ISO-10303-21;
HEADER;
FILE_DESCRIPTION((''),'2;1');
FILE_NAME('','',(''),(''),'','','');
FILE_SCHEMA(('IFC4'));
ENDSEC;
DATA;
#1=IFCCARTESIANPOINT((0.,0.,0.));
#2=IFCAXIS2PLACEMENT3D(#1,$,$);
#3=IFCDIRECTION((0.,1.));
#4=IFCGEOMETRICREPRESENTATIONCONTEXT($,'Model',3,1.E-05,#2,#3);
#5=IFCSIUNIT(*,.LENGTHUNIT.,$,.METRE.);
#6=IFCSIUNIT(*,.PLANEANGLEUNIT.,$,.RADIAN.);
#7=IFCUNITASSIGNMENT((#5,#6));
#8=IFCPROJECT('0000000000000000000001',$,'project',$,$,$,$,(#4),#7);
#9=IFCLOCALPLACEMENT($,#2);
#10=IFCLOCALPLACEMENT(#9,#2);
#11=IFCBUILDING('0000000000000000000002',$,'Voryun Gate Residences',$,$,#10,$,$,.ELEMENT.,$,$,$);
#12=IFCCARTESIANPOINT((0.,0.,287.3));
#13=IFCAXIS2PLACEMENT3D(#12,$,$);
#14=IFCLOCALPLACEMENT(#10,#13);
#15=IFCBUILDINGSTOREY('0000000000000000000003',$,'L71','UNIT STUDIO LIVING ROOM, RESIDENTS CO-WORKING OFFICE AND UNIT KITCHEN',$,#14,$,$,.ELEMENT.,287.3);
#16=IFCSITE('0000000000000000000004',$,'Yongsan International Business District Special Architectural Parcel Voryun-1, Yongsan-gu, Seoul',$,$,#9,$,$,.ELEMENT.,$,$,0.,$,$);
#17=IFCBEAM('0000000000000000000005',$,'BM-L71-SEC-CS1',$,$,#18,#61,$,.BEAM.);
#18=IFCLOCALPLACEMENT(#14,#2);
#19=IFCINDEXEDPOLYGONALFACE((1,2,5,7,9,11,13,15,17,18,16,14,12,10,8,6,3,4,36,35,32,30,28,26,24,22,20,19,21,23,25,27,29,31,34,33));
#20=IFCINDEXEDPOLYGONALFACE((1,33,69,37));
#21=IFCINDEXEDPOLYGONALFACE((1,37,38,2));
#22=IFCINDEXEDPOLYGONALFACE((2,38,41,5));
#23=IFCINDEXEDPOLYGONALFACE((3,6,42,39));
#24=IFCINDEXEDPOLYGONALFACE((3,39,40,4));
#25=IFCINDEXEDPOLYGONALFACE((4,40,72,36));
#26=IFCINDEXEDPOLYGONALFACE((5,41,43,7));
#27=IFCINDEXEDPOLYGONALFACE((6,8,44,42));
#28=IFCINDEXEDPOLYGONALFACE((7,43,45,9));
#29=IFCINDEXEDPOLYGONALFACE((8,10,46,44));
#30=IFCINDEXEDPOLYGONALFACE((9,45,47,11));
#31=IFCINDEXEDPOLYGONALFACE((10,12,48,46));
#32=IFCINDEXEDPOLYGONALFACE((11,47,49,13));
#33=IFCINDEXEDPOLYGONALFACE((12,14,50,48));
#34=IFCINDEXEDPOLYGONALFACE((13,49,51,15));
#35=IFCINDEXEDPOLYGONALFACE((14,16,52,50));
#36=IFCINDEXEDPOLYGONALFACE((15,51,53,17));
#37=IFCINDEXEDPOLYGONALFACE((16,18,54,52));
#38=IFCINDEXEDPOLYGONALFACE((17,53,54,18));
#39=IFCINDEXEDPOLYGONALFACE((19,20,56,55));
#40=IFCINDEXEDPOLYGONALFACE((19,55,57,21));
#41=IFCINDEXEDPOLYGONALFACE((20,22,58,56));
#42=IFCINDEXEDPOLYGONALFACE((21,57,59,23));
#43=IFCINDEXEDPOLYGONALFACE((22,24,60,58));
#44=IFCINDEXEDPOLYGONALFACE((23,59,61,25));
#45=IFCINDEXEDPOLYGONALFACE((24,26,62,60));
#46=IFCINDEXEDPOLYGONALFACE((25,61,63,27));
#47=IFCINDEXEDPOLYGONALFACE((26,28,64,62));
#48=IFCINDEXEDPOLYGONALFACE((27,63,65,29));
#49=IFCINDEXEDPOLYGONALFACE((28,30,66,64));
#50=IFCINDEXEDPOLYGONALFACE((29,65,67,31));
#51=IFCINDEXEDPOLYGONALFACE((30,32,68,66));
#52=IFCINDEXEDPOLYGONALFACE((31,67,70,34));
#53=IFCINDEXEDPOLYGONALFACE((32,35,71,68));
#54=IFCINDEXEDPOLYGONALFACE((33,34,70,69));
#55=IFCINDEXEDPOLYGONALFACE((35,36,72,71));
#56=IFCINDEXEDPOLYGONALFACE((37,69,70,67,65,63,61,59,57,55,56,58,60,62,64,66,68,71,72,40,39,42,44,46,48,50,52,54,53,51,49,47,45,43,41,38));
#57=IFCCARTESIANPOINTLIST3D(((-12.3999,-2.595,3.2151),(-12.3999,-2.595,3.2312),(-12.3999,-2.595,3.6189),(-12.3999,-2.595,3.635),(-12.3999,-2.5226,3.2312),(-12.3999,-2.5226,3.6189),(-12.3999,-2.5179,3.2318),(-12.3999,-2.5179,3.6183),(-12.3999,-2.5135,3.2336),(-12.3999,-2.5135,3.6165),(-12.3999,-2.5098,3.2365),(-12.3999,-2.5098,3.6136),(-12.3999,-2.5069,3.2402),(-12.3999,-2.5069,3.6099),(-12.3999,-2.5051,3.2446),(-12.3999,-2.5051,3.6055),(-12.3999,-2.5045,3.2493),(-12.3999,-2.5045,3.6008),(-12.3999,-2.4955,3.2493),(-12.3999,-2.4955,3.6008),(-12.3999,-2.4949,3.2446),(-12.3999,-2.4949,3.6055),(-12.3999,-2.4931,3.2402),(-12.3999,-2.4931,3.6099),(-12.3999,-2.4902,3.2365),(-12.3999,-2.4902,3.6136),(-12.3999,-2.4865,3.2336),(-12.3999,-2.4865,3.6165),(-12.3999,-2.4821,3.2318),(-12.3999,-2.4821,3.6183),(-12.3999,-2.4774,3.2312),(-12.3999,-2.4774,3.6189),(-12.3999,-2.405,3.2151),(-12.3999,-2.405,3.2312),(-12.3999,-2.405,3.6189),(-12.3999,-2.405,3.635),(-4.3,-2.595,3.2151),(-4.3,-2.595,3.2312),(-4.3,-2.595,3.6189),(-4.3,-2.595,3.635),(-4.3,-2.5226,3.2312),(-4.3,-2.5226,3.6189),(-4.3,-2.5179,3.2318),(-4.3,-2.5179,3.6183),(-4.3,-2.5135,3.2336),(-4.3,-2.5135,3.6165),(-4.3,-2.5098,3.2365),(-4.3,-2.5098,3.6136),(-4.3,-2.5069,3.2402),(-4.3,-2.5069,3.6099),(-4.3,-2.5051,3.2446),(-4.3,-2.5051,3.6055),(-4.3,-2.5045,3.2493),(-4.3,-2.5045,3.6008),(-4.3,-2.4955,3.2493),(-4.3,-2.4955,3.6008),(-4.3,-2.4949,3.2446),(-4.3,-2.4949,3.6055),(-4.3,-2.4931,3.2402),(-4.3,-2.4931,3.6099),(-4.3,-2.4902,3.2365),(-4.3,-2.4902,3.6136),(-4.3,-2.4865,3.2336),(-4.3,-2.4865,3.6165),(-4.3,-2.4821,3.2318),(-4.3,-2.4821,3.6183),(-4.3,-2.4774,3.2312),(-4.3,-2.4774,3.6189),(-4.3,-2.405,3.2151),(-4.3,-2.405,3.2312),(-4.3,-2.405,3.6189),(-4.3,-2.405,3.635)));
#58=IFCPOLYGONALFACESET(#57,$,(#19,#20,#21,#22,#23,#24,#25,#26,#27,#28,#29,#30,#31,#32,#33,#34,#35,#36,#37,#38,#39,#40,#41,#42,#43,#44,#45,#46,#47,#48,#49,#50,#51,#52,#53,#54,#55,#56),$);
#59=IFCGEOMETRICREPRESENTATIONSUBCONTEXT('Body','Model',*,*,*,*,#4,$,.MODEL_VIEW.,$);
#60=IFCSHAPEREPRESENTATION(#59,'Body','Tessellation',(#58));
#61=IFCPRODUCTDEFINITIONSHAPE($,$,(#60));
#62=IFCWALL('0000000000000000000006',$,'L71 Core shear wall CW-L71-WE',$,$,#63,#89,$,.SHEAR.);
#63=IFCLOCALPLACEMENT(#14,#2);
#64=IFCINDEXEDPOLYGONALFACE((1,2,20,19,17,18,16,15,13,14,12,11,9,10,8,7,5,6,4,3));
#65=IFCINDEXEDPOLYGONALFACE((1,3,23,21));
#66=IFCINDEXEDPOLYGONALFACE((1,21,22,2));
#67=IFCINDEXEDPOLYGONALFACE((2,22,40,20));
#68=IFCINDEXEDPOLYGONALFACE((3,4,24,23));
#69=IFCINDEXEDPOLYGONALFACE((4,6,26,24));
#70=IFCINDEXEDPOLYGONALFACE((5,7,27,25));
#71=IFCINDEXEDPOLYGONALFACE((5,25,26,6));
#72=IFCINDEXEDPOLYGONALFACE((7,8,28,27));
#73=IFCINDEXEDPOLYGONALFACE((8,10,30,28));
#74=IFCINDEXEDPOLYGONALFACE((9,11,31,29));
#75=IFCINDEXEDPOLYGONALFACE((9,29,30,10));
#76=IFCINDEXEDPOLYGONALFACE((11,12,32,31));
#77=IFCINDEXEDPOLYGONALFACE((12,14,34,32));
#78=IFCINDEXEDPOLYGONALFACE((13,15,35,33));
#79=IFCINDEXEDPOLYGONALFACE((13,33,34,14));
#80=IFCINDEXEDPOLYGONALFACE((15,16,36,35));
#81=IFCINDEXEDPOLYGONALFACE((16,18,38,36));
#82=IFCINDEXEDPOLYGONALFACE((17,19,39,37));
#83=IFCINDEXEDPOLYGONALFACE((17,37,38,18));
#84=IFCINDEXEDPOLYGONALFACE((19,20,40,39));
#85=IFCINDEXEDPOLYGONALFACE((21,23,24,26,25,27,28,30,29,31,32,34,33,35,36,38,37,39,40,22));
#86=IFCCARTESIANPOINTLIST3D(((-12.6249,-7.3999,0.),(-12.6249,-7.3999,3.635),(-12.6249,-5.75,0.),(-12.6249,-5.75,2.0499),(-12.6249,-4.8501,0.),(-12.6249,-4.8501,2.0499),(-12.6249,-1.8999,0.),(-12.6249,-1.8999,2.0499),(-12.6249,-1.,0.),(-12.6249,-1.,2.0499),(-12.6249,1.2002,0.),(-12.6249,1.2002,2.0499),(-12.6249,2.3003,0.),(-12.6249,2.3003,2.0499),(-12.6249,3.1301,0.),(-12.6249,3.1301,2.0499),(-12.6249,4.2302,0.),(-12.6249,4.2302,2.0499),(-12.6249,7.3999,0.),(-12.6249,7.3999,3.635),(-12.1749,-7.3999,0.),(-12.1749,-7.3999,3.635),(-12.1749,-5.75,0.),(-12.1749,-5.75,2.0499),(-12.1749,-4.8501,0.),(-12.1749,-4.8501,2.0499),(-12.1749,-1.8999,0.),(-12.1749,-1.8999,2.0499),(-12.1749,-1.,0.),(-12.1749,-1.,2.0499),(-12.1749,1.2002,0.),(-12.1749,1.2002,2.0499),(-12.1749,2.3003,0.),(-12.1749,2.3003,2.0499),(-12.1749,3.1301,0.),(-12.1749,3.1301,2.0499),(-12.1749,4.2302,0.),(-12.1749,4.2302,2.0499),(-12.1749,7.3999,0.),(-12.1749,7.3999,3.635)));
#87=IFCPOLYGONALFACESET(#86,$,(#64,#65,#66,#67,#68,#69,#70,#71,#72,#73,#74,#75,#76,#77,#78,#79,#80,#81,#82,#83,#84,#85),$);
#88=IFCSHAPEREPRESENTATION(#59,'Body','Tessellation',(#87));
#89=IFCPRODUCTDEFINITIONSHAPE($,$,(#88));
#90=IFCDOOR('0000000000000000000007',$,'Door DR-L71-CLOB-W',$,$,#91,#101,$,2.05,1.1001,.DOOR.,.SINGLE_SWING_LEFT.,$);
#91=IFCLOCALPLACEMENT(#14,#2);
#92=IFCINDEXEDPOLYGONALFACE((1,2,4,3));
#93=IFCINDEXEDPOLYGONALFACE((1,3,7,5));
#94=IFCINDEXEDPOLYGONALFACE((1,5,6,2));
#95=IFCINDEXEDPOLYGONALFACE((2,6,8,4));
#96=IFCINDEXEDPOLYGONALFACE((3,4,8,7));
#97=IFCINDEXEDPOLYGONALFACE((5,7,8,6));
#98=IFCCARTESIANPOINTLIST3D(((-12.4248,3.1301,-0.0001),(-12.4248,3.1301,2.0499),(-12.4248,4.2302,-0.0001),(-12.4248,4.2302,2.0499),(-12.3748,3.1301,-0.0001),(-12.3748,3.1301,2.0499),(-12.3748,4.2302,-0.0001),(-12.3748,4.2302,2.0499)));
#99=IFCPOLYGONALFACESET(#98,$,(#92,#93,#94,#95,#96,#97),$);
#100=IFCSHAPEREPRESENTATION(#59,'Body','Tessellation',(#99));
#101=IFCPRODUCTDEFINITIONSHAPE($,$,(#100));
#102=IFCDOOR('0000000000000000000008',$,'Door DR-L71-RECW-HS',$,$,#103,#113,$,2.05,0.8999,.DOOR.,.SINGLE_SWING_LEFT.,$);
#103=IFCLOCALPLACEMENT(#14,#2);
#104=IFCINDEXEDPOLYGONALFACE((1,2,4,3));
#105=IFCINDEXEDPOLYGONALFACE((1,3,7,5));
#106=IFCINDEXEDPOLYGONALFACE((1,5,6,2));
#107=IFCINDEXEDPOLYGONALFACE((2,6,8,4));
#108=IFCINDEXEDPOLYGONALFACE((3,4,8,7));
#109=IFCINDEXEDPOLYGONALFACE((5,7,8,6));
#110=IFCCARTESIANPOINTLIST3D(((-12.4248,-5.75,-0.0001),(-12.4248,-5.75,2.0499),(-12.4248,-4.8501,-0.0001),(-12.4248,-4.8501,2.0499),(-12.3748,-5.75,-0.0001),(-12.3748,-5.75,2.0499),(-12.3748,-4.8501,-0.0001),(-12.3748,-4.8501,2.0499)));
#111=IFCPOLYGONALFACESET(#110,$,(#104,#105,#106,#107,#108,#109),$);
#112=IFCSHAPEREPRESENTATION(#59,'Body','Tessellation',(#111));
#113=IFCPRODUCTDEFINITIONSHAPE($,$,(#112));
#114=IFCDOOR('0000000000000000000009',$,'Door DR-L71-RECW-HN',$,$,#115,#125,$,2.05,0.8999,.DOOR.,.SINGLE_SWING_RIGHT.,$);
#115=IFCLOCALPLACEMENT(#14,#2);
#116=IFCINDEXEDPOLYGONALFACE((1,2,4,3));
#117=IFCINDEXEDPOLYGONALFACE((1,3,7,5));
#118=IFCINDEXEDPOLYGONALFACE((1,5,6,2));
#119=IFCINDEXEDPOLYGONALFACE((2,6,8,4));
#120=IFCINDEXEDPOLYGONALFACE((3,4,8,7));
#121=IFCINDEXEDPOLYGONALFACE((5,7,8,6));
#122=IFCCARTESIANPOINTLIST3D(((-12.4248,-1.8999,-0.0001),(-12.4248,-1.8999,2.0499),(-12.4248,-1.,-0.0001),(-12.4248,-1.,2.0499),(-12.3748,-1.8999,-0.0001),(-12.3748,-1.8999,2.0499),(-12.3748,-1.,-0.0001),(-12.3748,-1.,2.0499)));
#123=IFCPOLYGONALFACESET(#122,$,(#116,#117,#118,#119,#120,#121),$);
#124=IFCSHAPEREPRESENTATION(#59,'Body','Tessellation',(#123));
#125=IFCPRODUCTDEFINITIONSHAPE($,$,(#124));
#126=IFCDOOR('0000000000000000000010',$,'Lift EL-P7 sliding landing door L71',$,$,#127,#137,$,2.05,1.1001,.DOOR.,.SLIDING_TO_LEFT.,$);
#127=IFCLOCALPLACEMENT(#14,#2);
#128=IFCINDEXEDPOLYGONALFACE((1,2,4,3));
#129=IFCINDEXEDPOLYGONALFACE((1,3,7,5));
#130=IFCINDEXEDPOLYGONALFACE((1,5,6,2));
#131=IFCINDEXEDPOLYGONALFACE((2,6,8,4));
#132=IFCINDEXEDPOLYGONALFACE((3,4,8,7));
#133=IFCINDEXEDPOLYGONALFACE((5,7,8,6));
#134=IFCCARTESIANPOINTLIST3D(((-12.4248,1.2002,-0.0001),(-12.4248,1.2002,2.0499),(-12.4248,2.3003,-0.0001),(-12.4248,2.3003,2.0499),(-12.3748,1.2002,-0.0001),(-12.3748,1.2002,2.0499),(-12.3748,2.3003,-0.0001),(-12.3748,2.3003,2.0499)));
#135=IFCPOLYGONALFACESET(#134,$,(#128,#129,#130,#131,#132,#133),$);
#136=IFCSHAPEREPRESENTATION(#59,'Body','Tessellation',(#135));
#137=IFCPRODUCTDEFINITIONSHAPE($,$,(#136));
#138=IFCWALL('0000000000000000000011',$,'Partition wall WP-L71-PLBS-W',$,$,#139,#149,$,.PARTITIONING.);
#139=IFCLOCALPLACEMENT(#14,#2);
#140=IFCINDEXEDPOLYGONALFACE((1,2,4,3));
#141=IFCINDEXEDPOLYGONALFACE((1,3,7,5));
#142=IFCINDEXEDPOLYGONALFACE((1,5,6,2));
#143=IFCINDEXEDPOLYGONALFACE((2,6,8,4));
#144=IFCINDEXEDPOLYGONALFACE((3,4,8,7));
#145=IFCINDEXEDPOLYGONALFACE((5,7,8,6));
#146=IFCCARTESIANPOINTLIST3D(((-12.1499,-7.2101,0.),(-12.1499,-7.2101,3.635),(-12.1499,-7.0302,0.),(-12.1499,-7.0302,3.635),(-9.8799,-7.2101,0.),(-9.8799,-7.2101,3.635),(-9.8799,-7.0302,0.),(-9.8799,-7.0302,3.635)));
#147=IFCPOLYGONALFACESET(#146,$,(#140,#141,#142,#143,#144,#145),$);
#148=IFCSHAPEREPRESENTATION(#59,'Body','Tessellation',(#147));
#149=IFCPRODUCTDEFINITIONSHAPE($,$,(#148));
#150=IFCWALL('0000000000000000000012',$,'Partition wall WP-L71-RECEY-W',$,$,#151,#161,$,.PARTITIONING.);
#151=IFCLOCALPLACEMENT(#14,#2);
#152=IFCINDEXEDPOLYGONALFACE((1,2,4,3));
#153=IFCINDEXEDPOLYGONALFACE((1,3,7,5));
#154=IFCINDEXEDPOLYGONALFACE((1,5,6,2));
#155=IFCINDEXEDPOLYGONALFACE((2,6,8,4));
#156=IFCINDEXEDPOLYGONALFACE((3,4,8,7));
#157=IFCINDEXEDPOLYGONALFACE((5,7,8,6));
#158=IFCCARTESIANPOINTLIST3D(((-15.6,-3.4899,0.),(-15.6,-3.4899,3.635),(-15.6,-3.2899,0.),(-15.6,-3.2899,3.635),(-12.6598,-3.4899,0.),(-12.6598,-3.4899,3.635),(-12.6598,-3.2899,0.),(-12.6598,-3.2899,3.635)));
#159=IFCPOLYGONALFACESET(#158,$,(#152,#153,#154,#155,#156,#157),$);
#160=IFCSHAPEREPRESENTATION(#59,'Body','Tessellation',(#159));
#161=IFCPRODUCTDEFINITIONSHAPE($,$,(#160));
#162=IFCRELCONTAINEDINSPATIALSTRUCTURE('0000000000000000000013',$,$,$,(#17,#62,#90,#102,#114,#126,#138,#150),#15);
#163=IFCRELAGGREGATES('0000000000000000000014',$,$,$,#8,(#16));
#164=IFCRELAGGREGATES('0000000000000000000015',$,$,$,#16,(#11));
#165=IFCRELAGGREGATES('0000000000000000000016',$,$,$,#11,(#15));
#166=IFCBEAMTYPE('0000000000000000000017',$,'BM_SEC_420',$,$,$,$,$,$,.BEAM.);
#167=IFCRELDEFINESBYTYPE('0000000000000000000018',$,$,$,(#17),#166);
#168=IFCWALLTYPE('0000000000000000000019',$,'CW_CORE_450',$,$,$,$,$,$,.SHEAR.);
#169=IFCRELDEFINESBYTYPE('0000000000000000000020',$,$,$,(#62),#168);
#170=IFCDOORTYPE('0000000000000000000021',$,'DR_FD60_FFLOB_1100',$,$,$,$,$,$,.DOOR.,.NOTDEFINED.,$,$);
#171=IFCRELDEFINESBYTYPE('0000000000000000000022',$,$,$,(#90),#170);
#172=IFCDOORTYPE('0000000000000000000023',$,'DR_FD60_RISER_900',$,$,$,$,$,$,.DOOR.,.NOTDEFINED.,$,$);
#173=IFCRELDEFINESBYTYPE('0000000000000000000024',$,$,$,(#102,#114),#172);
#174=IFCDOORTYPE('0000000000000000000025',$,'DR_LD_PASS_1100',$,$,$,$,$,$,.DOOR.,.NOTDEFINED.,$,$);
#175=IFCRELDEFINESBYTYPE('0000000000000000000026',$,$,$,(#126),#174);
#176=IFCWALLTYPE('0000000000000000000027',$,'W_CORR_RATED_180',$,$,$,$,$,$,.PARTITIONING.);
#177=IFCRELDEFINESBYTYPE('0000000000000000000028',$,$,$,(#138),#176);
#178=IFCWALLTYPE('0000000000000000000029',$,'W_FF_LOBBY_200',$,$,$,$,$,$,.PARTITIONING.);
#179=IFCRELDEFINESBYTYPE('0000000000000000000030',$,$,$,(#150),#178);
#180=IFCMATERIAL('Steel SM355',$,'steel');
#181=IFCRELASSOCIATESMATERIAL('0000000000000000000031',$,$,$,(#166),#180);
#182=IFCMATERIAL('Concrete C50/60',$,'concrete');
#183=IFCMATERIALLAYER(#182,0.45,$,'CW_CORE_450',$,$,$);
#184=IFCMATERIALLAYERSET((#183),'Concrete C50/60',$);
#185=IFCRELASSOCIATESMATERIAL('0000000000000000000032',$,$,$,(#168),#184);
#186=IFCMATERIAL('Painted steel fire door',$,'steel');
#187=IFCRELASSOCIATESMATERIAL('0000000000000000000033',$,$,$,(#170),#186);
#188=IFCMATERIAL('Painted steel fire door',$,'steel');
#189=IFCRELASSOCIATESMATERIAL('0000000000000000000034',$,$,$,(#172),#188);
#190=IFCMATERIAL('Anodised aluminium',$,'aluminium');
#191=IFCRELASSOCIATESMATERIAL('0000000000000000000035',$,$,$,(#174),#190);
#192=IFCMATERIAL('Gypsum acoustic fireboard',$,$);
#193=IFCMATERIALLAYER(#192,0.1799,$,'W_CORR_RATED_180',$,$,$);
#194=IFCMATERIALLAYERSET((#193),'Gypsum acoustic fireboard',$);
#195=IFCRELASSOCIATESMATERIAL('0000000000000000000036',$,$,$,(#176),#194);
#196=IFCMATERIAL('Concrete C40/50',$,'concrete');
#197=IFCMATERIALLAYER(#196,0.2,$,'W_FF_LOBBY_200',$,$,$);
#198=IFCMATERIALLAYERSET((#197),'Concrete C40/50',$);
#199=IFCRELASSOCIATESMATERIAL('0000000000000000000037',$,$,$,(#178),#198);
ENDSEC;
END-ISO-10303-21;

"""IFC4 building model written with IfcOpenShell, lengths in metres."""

from ifc_helpers import new_model, si_unit, direction, frame, frame_2d, origin, origin_2d, place, context, subcontext, project, spatial, rectangle, i_section, extrude, material, layer, layer_set, material_profile, profile_set, type_object, element, fill, save


model = new_model("IFC4")

# Units and contexts
model_context = context("Model", 3, precision=1e-05, world=origin(), true_north=direction((0.0, 1.0)))
body_context = subcontext(model_context, "Body", "Model", "MODEL_VIEW")
ifc_project = project(units=[si_unit("LENGTHUNIT", "METRE"), si_unit("PLANEANGLEUNIT", "RADIAN")], contexts=[model_context])

# Site, building, storey
site_placement = place(None, origin())
site = spatial("IfcSite", under=ifc_project, at=site_placement, Name="Yongsan International Business District Special Architectural Parcel Voryun-1, Yongsan-gu, Seoul", CompositionType="ELEMENT", RefElevation=0.0)
building_placement = place(site_placement, origin())
building = spatial("IfcBuilding", under=site, at=building_placement, Name="Voryun Gate Residences", CompositionType="ELEMENT")
storey_placement = place(building_placement, frame((0.0, 0.0, 287.3)))
storey = spatial("IfcBuildingStorey", under=building, at=storey_placement, Name="L71", Description="UNIT STUDIO LIVING ROOM, RESIDENTS CO-WORKING OFFICE AND UNIT KITCHEN", CompositionType="ELEMENT", Elevation=287.3)

# Beam
ifc_material_1 = material(Name="Steel SM355", Category="steel")
ifc_material_profile_1 = material_profile(ifc_material_1, i_section(OverallWidth=0.1899, OverallDepth=0.4199, WebThickness=0.009, FlangeThickness=0.0161, FilletRadius=0.0181, at=origin_2d()), Name="H-420x190x9x16")
ifc_profile_set_1 = profile_set([ifc_material_profile_1], Name="Steel SM355")
beam_type_1 = type_object("IfcBeamType", Name="BM_SEC_420", PredefinedType="BEAM", material=ifc_profile_set_1)
beam_1_placement = place(storey_placement, frame((-12.3999, -2.5, 3.425), z_axis=(1.0, 0.0, 0.0), x_axis=(0.0, 1.0, 0.0)))
element("IfcBeam", 1, at=beam_1_placement, inside=storey, type_object=beam_type_1, Name="BM-L71-SEC-CS1", PredefinedType="BEAM", context=body_context, shape_type="SweptSolid", body=[
    extrude(i_section(OverallWidth=0.1899, OverallDepth=0.4199, WebThickness=0.009, FlangeThickness=0.0161, FilletRadius=0.0181, at=origin_2d()), origin(), (0.0, 0.0, 1.0), 8.0999),
])

# Wall, openings, doors
ifc_material_2 = material(Name="Concrete C50/60", Category="concrete")
ifc_layer_1 = layer(ifc_material_2, 0.45, Name="CW_CORE_450")
ifc_layer_set_1 = layer_set([ifc_layer_1], Name="Concrete C50/60")
wall_type_1 = type_object("IfcWallType", Name="CW_CORE_450", PredefinedType="SHEAR", material=ifc_layer_set_1)
wall_1_placement = place(storey_placement, frame((-12.3999, -7.3999, 0.0), z_axis=(0.0, 0.0, 1.0), x_axis=(0.0, 1.0, 0.0)))
wall_1 = element("IfcWall", 2, at=wall_1_placement, inside=storey, type_object=wall_type_1, Name="L71 Core shear wall CW-L71-WE", PredefinedType="SHEAR", context=body_context, shape_type="SweptSolid", body=[
    extrude(rectangle(XDim=14.7998, YDim=0.45, at=frame_2d((7.3999, 0.0))), origin(), (0.0, 0.0, 1.0), 3.635),
])
opening_1_placement = place(wall_1_placement, frame((8.6001, 0.0, 0.0)))
opening_1 = element("IfcOpeningElement", 3, at=opening_1_placement, cuts=wall_1, PredefinedType="OPENING", context=body_context, shape_type="SweptSolid", body=[
    extrude(rectangle(XDim=1.1001, YDim=2.05, at=frame_2d((0.55, 1.0249))), frame((0.0, 0.2351, 0.0), z_axis=(0.0, -1.0, 0.0), x_axis=(1.0, 0.0, 0.0)), (0.0, 0.0, 1.0), 0.47),
])
opening_2_placement = place(wall_1_placement, frame((10.53, 0.0, 0.0)))
opening_2 = element("IfcOpeningElement", 4, at=opening_2_placement, cuts=wall_1, PredefinedType="OPENING", context=body_context, shape_type="SweptSolid", body=[
    extrude(rectangle(XDim=1.1001, YDim=2.05, at=frame_2d((0.55, 1.0249))), frame((0.0, 0.2351, 0.0), z_axis=(0.0, -1.0, 0.0), x_axis=(1.0, 0.0, 0.0)), (0.0, 0.0, 1.0), 0.47),
])
opening_3_placement = place(wall_1_placement, frame((1.6499, 0.0, 0.0)))
opening_3 = element("IfcOpeningElement", 5, at=opening_3_placement, cuts=wall_1, PredefinedType="OPENING", context=body_context, shape_type="SweptSolid", body=[
    extrude(rectangle(XDim=0.8999, YDim=2.05, at=frame_2d((0.45, 1.0249))), frame((0.0, 0.2351, 0.0), z_axis=(0.0, -1.0, 0.0), x_axis=(1.0, 0.0, 0.0)), (0.0, 0.0, 1.0), 0.47),
])
opening_4_placement = place(wall_1_placement, frame((5.5, 0.0, 0.0)))
opening_4 = element("IfcOpeningElement", 6, at=opening_4_placement, cuts=wall_1, PredefinedType="OPENING", context=body_context, shape_type="SweptSolid", body=[
    extrude(rectangle(XDim=0.8999, YDim=2.05, at=frame_2d((0.45, 1.0249))), frame((0.0, 0.2351, 0.0), z_axis=(0.0, -1.0, 0.0), x_axis=(1.0, 0.0, 0.0)), (0.0, 0.0, 1.0), 0.47),
])
ifc_material_3 = material(Name="Painted steel fire door", Category="steel")
door_type_1 = type_object("IfcDoorType", Name="DR_FD60_FFLOB_1100", OperationType="NOTDEFINED", PredefinedType="DOOR", material=ifc_material_3)
door_1_placement = place(opening_2_placement, origin())
door_1 = element("IfcDoor", 7, at=door_1_placement, inside=storey, type_object=door_type_1, Name="Door DR-L71-CLOB-W", OperationType="SINGLE_SWING_LEFT", OverallHeight=2.05, OverallWidth=1.1001, PredefinedType="DOOR", context=body_context, shape_type="SweptSolid", body=[
    extrude(rectangle(XDim=1.1001, YDim=2.05, at=frame_2d((0.55, 1.0249))), frame((0.0, 0.0249, 0.0), z_axis=(0.0, -1.0, 0.0), x_axis=(1.0, 0.0, 0.0)), (0.0, 0.0, 1.0), 0.05),
])
fill(opening_2, door_1)
ifc_material_4 = material(Name="Painted steel fire door", Category="steel")
door_type_2 = type_object("IfcDoorType", Name="DR_FD60_RISER_900", OperationType="NOTDEFINED", PredefinedType="DOOR", material=ifc_material_4)
door_2_placement = place(opening_3_placement, origin())
door_2 = element("IfcDoor", 8, at=door_2_placement, inside=storey, type_object=door_type_2, Name="Door DR-L71-RECW-HS", OperationType="SINGLE_SWING_LEFT", OverallHeight=2.05, OverallWidth=0.8999, PredefinedType="DOOR", context=body_context, shape_type="SweptSolid", body=[
    extrude(rectangle(XDim=0.8999, YDim=2.05, at=frame_2d((0.45, 1.0249))), frame((0.0, 0.0249, 0.0), z_axis=(0.0, -1.0, 0.0), x_axis=(1.0, 0.0, 0.0)), (0.0, 0.0, 1.0), 0.05),
])
fill(opening_3, door_2)
door_3_placement = place(opening_4_placement, origin())
door_3 = element("IfcDoor", 9, at=door_3_placement, inside=storey, type_object=door_type_2, Name="Door DR-L71-RECW-HN", OperationType="SINGLE_SWING_RIGHT", OverallHeight=2.05, OverallWidth=0.8999, PredefinedType="DOOR", context=body_context, shape_type="SweptSolid", body=[
    extrude(rectangle(XDim=0.8999, YDim=2.05, at=frame_2d((0.45, 1.0249))), frame((0.0, 0.0249, 0.0), z_axis=(0.0, -1.0, 0.0), x_axis=(1.0, 0.0, 0.0)), (0.0, 0.0, 1.0), 0.05),
])
fill(opening_4, door_3)
ifc_material_5 = material(Name="Anodised aluminium", Category="aluminium")
door_type_3 = type_object("IfcDoorType", Name="DR_LD_PASS_1100", OperationType="NOTDEFINED", PredefinedType="DOOR", material=ifc_material_5)
door_4_placement = place(opening_1_placement, origin())
door_4 = element("IfcDoor", 10, at=door_4_placement, inside=storey, type_object=door_type_3, Name="Lift EL-P7 sliding landing door L71", OperationType="SLIDING_TO_LEFT", OverallHeight=2.05, OverallWidth=1.1001, PredefinedType="DOOR", context=body_context, shape_type="SweptSolid", body=[
    extrude(rectangle(XDim=1.1001, YDim=2.05, at=frame_2d((0.55, 1.0249))), frame((0.0, 0.0249, 0.0), z_axis=(0.0, -1.0, 0.0), x_axis=(1.0, 0.0, 0.0)), (0.0, 0.0, 1.0), 0.05),
])
fill(opening_1, door_4)

# Walls
ifc_material_6 = material(Name="Gypsum acoustic fireboard")
ifc_layer_2 = layer(ifc_material_6, 0.1799, Name="W_CORR_RATED_180")
ifc_layer_set_2 = layer_set([ifc_layer_2], Name="Gypsum acoustic fireboard")
wall_type_2 = type_object("IfcWallType", Name="W_CORR_RATED_180", PredefinedType="PARTITIONING", material=ifc_layer_set_2)
wall_2_placement = place(storey_placement, frame((-12.1499, -7.1201, 0.0), z_axis=(0.0, 0.0, 1.0), x_axis=(1.0, 0.0, 0.0)))
element("IfcWall", 11, at=wall_2_placement, inside=storey, type_object=wall_type_2, Name="Partition wall WP-L71-PLBS-W", PredefinedType="PARTITIONING", context=body_context, shape_type="SweptSolid", body=[
    extrude(rectangle(XDim=2.27, YDim=0.1799, at=frame_2d((1.135, 0.0))), origin(), (0.0, 0.0, 1.0), 3.635),
])
ifc_material_7 = material(Name="Concrete C40/50", Category="concrete")
ifc_layer_3 = layer(ifc_material_7, 0.2, Name="W_FF_LOBBY_200")
ifc_layer_set_3 = layer_set([ifc_layer_3], Name="Concrete C40/50")
wall_type_3 = type_object("IfcWallType", Name="W_FF_LOBBY_200", PredefinedType="PARTITIONING", material=ifc_layer_set_3)
wall_3_placement = place(storey_placement, frame((-15.6001, -3.3899, 0.0), z_axis=(0.0, 0.0, 1.0), x_axis=(1.0, 0.0, 0.0)))
element("IfcWall", 12, at=wall_3_placement, inside=storey, type_object=wall_type_3, Name="Partition wall WP-L71-RECEY-W", PredefinedType="PARTITIONING", context=body_context, shape_type="SweptSolid", body=[
    extrude(rectangle(XDim=2.9402, YDim=0.2, at=frame_2d((1.4702, 0.0))), origin(), (0.0, 0.0, 1.0), 3.635),
])

save(model, "model.ifc")
